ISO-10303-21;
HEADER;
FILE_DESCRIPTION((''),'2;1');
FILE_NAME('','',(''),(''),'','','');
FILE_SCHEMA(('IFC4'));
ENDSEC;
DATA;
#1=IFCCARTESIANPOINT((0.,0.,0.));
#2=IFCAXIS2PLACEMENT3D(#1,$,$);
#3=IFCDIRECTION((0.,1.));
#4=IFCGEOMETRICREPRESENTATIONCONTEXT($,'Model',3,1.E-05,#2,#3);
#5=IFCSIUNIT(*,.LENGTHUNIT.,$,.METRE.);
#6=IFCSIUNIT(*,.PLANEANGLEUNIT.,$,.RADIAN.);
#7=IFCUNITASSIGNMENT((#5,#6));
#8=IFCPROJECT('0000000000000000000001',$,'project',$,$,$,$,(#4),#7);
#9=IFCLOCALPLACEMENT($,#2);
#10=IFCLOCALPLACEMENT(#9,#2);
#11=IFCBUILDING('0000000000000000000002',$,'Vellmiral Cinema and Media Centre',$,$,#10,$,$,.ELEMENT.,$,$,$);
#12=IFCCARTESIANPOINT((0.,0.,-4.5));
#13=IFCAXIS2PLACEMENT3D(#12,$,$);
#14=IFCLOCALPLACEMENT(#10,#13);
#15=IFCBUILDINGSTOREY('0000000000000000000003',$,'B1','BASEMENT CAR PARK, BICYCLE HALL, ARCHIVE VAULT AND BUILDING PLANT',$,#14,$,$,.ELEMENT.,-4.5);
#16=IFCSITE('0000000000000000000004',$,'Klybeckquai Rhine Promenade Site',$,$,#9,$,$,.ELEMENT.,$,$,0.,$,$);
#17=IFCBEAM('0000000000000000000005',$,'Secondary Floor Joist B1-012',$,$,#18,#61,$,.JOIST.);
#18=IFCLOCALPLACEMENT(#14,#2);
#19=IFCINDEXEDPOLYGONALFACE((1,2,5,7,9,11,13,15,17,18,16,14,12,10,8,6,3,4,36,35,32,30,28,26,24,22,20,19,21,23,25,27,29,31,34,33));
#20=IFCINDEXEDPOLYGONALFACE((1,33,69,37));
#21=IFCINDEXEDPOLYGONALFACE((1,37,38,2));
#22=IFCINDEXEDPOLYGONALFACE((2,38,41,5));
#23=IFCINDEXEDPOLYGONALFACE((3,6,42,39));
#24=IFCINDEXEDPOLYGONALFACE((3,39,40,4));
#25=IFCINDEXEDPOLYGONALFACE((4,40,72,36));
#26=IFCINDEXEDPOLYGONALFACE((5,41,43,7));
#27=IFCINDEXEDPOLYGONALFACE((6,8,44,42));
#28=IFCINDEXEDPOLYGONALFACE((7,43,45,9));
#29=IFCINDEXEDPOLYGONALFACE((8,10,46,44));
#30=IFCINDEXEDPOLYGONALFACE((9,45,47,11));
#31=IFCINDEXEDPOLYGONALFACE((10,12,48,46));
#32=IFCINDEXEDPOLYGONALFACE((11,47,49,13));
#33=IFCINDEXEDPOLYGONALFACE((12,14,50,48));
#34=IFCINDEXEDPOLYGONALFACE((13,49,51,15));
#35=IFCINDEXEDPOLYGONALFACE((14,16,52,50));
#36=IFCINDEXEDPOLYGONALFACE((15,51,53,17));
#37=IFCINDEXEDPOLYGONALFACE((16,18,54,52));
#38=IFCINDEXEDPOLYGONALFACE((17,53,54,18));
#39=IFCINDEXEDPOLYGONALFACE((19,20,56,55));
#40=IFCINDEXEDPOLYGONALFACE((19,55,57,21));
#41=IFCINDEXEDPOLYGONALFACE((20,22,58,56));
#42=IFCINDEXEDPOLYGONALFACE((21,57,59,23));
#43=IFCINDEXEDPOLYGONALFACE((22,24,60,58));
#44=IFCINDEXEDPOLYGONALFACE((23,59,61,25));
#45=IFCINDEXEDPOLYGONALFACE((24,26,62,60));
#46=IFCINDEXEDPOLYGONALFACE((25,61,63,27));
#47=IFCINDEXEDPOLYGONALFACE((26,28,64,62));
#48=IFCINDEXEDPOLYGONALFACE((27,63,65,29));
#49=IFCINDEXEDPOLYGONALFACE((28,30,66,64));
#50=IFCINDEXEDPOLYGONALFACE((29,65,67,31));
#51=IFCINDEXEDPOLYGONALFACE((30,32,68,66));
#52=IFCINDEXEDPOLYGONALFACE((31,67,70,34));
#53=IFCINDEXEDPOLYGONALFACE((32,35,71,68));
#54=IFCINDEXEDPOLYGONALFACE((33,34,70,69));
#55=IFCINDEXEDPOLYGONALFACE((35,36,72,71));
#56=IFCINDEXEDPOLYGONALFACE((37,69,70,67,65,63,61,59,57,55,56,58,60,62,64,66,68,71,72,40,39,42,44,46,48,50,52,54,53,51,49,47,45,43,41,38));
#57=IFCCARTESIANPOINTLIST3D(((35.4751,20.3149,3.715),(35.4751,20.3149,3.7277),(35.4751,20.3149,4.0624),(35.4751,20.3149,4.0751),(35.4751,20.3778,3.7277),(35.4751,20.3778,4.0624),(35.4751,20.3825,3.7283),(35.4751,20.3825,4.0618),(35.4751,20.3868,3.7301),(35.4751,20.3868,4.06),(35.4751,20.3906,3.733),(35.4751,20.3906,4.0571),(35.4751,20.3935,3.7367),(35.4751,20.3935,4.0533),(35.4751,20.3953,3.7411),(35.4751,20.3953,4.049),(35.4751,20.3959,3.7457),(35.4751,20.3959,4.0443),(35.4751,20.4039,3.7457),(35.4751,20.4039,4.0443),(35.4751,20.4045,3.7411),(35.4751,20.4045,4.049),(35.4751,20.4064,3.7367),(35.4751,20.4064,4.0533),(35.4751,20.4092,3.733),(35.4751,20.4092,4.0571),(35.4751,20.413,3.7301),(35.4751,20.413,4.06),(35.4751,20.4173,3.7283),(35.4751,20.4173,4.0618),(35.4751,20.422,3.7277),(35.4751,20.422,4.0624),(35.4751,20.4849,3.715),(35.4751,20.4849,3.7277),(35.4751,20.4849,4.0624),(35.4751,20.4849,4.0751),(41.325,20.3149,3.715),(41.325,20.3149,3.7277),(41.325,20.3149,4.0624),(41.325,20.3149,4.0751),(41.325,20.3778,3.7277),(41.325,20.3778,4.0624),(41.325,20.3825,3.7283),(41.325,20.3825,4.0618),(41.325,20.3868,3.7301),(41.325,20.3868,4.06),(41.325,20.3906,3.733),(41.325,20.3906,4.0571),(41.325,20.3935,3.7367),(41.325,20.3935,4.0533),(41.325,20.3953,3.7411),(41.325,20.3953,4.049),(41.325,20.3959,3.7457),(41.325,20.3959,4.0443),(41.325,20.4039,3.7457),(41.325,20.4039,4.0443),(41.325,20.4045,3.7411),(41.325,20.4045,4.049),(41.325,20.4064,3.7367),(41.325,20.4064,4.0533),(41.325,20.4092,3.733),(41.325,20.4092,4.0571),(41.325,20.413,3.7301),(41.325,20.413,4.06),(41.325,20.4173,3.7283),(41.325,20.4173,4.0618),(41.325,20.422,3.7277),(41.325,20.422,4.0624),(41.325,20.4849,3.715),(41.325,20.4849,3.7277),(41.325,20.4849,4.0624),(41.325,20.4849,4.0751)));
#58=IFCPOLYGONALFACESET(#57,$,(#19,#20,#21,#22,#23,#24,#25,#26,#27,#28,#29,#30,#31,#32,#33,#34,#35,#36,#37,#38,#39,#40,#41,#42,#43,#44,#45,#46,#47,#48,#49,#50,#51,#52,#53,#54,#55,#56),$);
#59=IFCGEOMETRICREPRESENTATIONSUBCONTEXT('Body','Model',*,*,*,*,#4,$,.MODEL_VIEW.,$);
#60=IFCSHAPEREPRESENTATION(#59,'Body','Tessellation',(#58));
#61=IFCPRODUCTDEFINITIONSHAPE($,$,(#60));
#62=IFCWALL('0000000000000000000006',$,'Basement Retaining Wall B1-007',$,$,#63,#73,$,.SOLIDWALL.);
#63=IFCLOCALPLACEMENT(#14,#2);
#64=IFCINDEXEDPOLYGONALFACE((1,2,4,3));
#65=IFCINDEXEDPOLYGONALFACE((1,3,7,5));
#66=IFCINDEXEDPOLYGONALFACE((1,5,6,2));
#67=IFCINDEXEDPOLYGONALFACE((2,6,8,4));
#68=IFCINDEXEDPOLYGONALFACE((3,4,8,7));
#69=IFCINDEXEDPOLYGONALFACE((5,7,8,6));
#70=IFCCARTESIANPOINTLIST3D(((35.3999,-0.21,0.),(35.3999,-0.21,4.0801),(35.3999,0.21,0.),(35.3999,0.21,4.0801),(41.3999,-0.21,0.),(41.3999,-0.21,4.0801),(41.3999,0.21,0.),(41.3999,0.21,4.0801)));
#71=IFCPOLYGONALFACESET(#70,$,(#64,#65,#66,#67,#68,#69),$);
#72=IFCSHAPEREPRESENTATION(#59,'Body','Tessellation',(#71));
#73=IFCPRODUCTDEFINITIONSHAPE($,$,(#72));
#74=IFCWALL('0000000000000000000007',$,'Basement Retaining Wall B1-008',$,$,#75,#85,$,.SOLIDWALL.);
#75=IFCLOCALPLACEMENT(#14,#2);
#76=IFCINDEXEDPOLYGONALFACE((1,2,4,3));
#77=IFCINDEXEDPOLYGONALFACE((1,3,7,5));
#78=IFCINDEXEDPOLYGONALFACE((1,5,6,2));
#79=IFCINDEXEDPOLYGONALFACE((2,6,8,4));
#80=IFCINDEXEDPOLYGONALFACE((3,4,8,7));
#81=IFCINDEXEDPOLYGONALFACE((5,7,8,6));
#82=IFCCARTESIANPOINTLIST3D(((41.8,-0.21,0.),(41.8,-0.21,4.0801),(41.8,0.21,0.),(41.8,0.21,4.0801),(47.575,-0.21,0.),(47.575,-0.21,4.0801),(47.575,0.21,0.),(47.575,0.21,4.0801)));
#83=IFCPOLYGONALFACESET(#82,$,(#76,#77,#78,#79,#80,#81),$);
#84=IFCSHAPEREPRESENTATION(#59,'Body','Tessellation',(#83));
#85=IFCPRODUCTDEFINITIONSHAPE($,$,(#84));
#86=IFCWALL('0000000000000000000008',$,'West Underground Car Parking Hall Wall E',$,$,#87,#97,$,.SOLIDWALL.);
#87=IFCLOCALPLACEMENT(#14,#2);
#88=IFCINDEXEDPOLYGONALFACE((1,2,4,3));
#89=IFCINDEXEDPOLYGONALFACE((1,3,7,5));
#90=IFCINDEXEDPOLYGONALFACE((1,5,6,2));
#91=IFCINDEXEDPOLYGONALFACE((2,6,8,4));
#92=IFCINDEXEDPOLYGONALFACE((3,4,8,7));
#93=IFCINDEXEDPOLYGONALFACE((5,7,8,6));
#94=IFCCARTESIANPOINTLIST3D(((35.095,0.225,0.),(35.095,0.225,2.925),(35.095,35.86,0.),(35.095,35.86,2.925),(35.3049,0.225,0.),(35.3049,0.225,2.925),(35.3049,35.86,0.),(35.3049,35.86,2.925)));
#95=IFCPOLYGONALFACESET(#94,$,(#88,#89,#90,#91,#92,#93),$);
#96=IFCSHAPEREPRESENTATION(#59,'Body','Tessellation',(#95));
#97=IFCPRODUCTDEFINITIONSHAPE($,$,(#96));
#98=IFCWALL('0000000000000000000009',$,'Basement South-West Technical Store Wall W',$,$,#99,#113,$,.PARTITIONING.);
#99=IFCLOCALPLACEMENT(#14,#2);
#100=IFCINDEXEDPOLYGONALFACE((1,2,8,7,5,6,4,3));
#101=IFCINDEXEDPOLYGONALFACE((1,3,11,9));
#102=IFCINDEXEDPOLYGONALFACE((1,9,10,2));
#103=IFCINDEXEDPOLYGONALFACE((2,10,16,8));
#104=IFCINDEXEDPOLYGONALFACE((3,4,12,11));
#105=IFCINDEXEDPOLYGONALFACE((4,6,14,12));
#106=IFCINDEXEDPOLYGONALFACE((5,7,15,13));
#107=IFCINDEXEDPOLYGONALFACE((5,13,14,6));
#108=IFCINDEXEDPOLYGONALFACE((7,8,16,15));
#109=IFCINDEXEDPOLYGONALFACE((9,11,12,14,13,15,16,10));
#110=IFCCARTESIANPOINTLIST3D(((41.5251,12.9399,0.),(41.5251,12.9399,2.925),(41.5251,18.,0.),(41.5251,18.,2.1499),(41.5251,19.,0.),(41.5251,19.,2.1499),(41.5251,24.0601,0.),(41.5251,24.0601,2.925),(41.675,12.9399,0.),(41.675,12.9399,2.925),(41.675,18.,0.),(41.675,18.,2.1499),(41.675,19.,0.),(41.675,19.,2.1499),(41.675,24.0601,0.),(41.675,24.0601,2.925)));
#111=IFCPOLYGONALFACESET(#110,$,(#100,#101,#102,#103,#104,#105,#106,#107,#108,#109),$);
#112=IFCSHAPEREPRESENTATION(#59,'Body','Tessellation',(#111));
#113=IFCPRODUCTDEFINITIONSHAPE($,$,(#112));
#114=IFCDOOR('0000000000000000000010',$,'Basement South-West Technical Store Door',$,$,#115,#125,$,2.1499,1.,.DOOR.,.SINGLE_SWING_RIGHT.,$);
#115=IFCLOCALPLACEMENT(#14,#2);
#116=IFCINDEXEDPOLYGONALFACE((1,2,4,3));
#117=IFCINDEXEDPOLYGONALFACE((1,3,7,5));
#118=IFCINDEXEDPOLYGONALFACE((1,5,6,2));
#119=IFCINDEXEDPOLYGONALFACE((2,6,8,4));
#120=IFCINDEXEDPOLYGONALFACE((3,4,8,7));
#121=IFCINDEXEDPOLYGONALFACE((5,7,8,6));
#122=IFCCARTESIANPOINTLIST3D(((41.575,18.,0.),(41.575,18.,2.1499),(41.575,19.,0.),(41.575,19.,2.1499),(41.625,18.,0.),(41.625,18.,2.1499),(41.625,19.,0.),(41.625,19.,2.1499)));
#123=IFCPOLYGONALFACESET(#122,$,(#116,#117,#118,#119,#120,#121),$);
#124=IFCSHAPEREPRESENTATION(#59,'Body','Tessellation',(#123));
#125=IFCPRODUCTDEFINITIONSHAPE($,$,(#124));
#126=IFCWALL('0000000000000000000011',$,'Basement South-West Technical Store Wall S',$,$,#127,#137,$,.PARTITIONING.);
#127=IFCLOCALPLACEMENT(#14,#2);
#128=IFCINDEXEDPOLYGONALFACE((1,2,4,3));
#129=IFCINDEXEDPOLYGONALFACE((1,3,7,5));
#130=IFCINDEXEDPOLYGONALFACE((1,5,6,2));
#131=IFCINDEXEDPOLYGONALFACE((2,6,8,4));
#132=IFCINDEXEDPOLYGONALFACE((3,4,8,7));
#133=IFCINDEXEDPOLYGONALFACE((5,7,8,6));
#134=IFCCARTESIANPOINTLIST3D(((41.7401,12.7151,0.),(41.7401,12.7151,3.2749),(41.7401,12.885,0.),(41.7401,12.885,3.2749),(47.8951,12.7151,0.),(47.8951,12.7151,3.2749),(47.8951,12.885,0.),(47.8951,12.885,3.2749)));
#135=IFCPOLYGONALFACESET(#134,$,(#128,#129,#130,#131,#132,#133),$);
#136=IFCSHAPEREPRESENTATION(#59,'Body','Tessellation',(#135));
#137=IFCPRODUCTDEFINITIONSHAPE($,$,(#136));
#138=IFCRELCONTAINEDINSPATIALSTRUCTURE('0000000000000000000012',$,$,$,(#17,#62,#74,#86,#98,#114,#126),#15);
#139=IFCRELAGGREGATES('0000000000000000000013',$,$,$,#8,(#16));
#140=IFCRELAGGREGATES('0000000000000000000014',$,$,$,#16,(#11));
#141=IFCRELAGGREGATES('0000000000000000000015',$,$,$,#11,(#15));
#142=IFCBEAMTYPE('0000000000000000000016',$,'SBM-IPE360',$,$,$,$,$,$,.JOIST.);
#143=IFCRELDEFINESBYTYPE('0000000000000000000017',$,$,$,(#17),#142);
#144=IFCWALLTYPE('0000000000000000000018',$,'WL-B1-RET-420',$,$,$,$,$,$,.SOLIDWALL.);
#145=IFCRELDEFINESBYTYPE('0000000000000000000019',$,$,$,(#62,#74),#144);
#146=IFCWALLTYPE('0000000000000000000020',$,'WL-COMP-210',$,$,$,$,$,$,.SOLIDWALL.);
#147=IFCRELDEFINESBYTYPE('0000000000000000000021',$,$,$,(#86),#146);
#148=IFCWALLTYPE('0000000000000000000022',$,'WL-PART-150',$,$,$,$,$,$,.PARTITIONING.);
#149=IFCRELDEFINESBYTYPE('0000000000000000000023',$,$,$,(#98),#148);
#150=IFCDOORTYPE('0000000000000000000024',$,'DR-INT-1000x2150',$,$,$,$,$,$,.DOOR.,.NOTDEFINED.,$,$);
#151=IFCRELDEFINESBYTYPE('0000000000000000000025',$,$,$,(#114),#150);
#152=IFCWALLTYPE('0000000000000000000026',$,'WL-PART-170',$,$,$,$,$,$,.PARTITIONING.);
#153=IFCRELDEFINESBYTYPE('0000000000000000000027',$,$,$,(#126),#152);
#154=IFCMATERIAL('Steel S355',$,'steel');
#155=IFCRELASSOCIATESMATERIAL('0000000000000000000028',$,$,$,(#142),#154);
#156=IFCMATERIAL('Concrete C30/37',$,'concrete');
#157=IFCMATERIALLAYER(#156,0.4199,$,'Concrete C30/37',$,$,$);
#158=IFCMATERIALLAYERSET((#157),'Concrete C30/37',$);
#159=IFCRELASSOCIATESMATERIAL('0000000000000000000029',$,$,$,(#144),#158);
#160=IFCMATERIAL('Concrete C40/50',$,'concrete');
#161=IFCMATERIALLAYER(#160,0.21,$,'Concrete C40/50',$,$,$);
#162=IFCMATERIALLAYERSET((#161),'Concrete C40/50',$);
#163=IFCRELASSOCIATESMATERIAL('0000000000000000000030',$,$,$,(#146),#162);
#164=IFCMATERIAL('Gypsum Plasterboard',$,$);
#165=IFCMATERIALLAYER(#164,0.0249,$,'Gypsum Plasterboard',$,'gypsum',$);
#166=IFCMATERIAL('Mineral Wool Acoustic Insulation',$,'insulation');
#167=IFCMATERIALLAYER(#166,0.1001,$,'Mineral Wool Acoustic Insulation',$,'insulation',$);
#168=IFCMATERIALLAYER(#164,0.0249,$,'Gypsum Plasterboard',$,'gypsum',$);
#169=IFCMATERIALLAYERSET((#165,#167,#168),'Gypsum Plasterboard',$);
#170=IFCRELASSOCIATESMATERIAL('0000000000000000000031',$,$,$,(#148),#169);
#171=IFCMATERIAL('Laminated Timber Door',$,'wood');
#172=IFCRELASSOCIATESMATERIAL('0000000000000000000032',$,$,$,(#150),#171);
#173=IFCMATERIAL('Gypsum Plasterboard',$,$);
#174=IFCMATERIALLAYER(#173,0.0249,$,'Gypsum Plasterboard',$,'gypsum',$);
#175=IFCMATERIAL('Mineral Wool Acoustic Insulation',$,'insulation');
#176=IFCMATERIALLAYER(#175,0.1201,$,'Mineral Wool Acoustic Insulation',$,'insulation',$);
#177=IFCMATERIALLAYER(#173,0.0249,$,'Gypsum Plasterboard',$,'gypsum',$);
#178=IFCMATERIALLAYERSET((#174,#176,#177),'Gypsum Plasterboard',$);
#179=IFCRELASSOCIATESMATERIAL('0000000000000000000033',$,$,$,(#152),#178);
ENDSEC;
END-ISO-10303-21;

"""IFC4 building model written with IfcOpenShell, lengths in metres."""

from ifc_helpers import new_model, si_unit, direction, frame, frame_2d, origin, origin_2d, place, context, subcontext, project, spatial, rectangle, i_section, extrude, material, layer, layer_set, material_profile, profile_set, type_object, element, fill, save


model = new_model("IFC4")

# Units and contexts
model_context = context("Model", 3, precision=1e-05, world=origin(), true_north=direction((0.0, 1.0)))
body_context = subcontext(model_context, "Body", "Model", "MODEL_VIEW")
ifc_project = project(units=[si_unit("LENGTHUNIT", "METRE"), si_unit("PLANEANGLEUNIT", "RADIAN")], contexts=[model_context])

# Site, building, storey
site_placement = place(None, origin())
site = spatial("IfcSite", under=ifc_project, at=site_placement, Name="Klybeckquai Rhine Promenade Site", CompositionType="ELEMENT", RefElevation=0.0)
building_placement = place(site_placement, origin())
building = spatial("IfcBuilding", under=site, at=building_placement, Name="Vellmiral Cinema and Media Centre", CompositionType="ELEMENT")
storey_placement = place(building_placement, frame((0.0, 0.0, -4.5)))
storey = spatial("IfcBuildingStorey", under=building, at=storey_placement, Name="B1", Description="BASEMENT CAR PARK, BICYCLE HALL, ARCHIVE VAULT AND BUILDING PLANT", CompositionType="ELEMENT", Elevation=-4.5)

# Beam
ifc_material_1 = material(Name="Steel S355", Category="steel")
ifc_material_profile_1 = material_profile(ifc_material_1, i_section(OverallWidth=0.1699, OverallDepth=0.3601, WebThickness=0.0081, FlangeThickness=0.0127, FilletRadius=0.0181, at=origin_2d()), Name="IPE 360")
ifc_profile_set_1 = profile_set([ifc_material_profile_1], Name="Steel S355")
beam_type_1 = type_object("IfcBeamType", Name="SBM-IPE360", PredefinedType="JOIST", material=ifc_profile_set_1)
beam_1_placement = place(storey_placement, frame((35.4751, 20.3999, 3.895), z_axis=(1.0, 0.0, 0.0), x_axis=(0.0, 1.0, 0.0)))
element("IfcBeam", 1, at=beam_1_placement, inside=storey, type_object=beam_type_1, Name="Secondary Floor Joist B1-012", PredefinedType="JOIST", context=body_context, shape_type="SweptSolid", body=[
    extrude(i_section(OverallWidth=0.1699, OverallDepth=0.3601, WebThickness=0.0081, FlangeThickness=0.0127, FilletRadius=0.0181, at=origin_2d()), origin(), (0.0, 0.0, 1.0), 5.8499),
])

# Walls
ifc_material_2 = material(Name="Concrete C30/37", Category="concrete")
ifc_layer_1 = layer(ifc_material_2, 0.4199, Name="Concrete C30/37")
ifc_layer_set_1 = layer_set([ifc_layer_1], Name="Concrete C30/37")
wall_type_1 = type_object("IfcWallType", Name="WL-B1-RET-420", PredefinedType="SOLIDWALL", material=ifc_layer_set_1)
wall_1_placement = place(storey_placement, frame((35.3999, 0.0, 0.0), z_axis=(0.0, 0.0, 1.0), x_axis=(1.0, 0.0, 0.0)))
element("IfcWall", 2, at=wall_1_placement, inside=storey, type_object=wall_type_1, Name="Basement Retaining Wall B1-007", PredefinedType="SOLIDWALL", context=body_context, shape_type="SweptSolid", body=[
    extrude(rectangle(XDim=6.0, YDim=0.4199, at=frame_2d((3.0, 0.0))), origin(), (0.0, 0.0, 1.0), 4.0801),
])
wall_2_placement = place(storey_placement, frame((41.8, 0.0, 0.0), z_axis=(0.0, 0.0, 1.0), x_axis=(1.0, 0.0, 0.0)))
element("IfcWall", 3, at=wall_2_placement, inside=storey, type_object=wall_type_1, Name="Basement Retaining Wall B1-008", PredefinedType="SOLIDWALL", context=body_context, shape_type="SweptSolid", body=[
    extrude(rectangle(XDim=5.7749, YDim=0.4199, at=frame_2d((2.8875, 0.0))), origin(), (0.0, 0.0, 1.0), 4.0801),
])
ifc_material_3 = material(Name="Concrete C40/50", Category="concrete")
ifc_layer_2 = layer(ifc_material_3, 0.21, Name="Concrete C40/50")
ifc_layer_set_2 = layer_set([ifc_layer_2], Name="Concrete C40/50")
wall_type_2 = type_object("IfcWallType", Name="WL-COMP-210", PredefinedType="SOLIDWALL", material=ifc_layer_set_2)
wall_3_placement = place(storey_placement, frame((35.2, 0.2251, 0.0), z_axis=(0.0, 0.0, 1.0), x_axis=(0.0, 1.0, 0.0)))
element("IfcWall", 4, at=wall_3_placement, inside=storey, type_object=wall_type_2, Name="West Underground Car Parking Hall Wall E", PredefinedType="SOLIDWALL", context=body_context, shape_type="SweptSolid", body=[
    extrude(rectangle(XDim=35.635, YDim=0.21, at=frame_2d((17.8174, 0.0))), origin(), (0.0, 0.0, 1.0), 2.925),
])

# Wall, opening, door
ifc_material_4 = material(Name="Gypsum Plasterboard")
ifc_layer_3 = layer(ifc_material_4, 0.0249, Name="Gypsum Plasterboard", Category="gypsum")
ifc_material_5 = material(Name="Mineral Wool Acoustic Insulation", Category="insulation")
ifc_layer_4 = layer(ifc_material_5, 0.1001, Name="Mineral Wool Acoustic Insulation", Category="insulation")
ifc_layer_5 = layer(ifc_material_4, 0.0249, Name="Gypsum Plasterboard", Category="gypsum")
ifc_layer_set_3 = layer_set([ifc_layer_3, ifc_layer_4, ifc_layer_5], Name="Gypsum Plasterboard")
wall_type_3 = type_object("IfcWallType", Name="WL-PART-150", PredefinedType="PARTITIONING", material=ifc_layer_set_3)
wall_4_placement = place(storey_placement, frame((41.6001, 12.9399, 0.0), z_axis=(0.0, 0.0, 1.0), x_axis=(0.0, 1.0, 0.0)))
wall_4 = element("IfcWall", 5, at=wall_4_placement, inside=storey, type_object=wall_type_3, Name="Basement South-West Technical Store Wall W", PredefinedType="PARTITIONING", context=body_context, shape_type="SweptSolid", body=[
    extrude(rectangle(XDim=11.1201, YDim=0.1499, at=frame_2d((5.5601, 0.0))), origin(), (0.0, 0.0, 1.0), 2.925),
])
opening_placement = place(wall_4_placement, frame((5.0601, 0.0, 0.0)))
opening = element("IfcOpeningElement", 6, at=opening_placement, cuts=wall_4, PredefinedType="OPENING", context=body_context, shape_type="SweptSolid", body=[
    extrude(rectangle(XDim=1.0, YDim=2.1499, at=frame_2d((0.5, 1.075))), frame((0.0, 0.0869, 0.0), z_axis=(0.0, -1.0, 0.0), x_axis=(1.0, 0.0, 0.0)), (0.0, 0.0, 1.0), 0.1738),
])
ifc_material_6 = material(Name="Laminated Timber Door", Category="wood")
door_type = type_object("IfcDoorType", Name="DR-INT-1000x2150", OperationType="NOTDEFINED", PredefinedType="DOOR", material=ifc_material_6)
door_placement = place(opening_placement, frame((1.0, 0.0, 0.0), z_axis=(0.0, 0.0, 1.0), x_axis=(-1.0, 0.0, 0.0)))
door = element("IfcDoor", 7, at=door_placement, inside=storey, type_object=door_type, Name="Basement South-West Technical Store Door", OperationType="SINGLE_SWING_RIGHT", OverallHeight=2.1499, OverallWidth=1.0, PredefinedType="DOOR", context=body_context, shape_type="SweptSolid", body=[
    extrude(rectangle(XDim=1.0, YDim=2.1499, at=frame_2d((0.5, 1.075))), frame((0.0, 0.0249, 0.0), z_axis=(0.0, -1.0, 0.0), x_axis=(1.0, 0.0, 0.0)), (0.0, 0.0, 1.0), 0.05),
])
fill(opening, door)

# Wall
ifc_material_7 = material(Name="Gypsum Plasterboard")
ifc_layer_6 = layer(ifc_material_7, 0.0249, Name="Gypsum Plasterboard", Category="gypsum")
ifc_material_8 = material(Name="Mineral Wool Acoustic Insulation", Category="insulation")
ifc_layer_7 = layer(ifc_material_8, 0.1201, Name="Mineral Wool Acoustic Insulation", Category="insulation")
ifc_layer_8 = layer(ifc_material_7, 0.0249, Name="Gypsum Plasterboard", Category="gypsum")
ifc_layer_set_4 = layer_set([ifc_layer_6, ifc_layer_7, ifc_layer_8], Name="Gypsum Plasterboard")
wall_type_4 = type_object("IfcWallType", Name="WL-PART-170", PredefinedType="PARTITIONING", material=ifc_layer_set_4)
wall_5_placement = place(storey_placement, frame((41.74, 12.8, 0.0), z_axis=(0.0, 0.0, 1.0), x_axis=(1.0, 0.0, 0.0)))
element("IfcWall", 8, at=wall_5_placement, inside=storey, type_object=wall_type_4, Name="Basement South-West Technical Store Wall S", PredefinedType="PARTITIONING", context=body_context, shape_type="SweptSolid", body=[
    extrude(rectangle(XDim=6.155, YDim=0.1699, at=frame_2d((3.0776, 0.0))), origin(), (0.0, 0.0, 1.0), 3.2749),
])

save(model, "model.ifc")
